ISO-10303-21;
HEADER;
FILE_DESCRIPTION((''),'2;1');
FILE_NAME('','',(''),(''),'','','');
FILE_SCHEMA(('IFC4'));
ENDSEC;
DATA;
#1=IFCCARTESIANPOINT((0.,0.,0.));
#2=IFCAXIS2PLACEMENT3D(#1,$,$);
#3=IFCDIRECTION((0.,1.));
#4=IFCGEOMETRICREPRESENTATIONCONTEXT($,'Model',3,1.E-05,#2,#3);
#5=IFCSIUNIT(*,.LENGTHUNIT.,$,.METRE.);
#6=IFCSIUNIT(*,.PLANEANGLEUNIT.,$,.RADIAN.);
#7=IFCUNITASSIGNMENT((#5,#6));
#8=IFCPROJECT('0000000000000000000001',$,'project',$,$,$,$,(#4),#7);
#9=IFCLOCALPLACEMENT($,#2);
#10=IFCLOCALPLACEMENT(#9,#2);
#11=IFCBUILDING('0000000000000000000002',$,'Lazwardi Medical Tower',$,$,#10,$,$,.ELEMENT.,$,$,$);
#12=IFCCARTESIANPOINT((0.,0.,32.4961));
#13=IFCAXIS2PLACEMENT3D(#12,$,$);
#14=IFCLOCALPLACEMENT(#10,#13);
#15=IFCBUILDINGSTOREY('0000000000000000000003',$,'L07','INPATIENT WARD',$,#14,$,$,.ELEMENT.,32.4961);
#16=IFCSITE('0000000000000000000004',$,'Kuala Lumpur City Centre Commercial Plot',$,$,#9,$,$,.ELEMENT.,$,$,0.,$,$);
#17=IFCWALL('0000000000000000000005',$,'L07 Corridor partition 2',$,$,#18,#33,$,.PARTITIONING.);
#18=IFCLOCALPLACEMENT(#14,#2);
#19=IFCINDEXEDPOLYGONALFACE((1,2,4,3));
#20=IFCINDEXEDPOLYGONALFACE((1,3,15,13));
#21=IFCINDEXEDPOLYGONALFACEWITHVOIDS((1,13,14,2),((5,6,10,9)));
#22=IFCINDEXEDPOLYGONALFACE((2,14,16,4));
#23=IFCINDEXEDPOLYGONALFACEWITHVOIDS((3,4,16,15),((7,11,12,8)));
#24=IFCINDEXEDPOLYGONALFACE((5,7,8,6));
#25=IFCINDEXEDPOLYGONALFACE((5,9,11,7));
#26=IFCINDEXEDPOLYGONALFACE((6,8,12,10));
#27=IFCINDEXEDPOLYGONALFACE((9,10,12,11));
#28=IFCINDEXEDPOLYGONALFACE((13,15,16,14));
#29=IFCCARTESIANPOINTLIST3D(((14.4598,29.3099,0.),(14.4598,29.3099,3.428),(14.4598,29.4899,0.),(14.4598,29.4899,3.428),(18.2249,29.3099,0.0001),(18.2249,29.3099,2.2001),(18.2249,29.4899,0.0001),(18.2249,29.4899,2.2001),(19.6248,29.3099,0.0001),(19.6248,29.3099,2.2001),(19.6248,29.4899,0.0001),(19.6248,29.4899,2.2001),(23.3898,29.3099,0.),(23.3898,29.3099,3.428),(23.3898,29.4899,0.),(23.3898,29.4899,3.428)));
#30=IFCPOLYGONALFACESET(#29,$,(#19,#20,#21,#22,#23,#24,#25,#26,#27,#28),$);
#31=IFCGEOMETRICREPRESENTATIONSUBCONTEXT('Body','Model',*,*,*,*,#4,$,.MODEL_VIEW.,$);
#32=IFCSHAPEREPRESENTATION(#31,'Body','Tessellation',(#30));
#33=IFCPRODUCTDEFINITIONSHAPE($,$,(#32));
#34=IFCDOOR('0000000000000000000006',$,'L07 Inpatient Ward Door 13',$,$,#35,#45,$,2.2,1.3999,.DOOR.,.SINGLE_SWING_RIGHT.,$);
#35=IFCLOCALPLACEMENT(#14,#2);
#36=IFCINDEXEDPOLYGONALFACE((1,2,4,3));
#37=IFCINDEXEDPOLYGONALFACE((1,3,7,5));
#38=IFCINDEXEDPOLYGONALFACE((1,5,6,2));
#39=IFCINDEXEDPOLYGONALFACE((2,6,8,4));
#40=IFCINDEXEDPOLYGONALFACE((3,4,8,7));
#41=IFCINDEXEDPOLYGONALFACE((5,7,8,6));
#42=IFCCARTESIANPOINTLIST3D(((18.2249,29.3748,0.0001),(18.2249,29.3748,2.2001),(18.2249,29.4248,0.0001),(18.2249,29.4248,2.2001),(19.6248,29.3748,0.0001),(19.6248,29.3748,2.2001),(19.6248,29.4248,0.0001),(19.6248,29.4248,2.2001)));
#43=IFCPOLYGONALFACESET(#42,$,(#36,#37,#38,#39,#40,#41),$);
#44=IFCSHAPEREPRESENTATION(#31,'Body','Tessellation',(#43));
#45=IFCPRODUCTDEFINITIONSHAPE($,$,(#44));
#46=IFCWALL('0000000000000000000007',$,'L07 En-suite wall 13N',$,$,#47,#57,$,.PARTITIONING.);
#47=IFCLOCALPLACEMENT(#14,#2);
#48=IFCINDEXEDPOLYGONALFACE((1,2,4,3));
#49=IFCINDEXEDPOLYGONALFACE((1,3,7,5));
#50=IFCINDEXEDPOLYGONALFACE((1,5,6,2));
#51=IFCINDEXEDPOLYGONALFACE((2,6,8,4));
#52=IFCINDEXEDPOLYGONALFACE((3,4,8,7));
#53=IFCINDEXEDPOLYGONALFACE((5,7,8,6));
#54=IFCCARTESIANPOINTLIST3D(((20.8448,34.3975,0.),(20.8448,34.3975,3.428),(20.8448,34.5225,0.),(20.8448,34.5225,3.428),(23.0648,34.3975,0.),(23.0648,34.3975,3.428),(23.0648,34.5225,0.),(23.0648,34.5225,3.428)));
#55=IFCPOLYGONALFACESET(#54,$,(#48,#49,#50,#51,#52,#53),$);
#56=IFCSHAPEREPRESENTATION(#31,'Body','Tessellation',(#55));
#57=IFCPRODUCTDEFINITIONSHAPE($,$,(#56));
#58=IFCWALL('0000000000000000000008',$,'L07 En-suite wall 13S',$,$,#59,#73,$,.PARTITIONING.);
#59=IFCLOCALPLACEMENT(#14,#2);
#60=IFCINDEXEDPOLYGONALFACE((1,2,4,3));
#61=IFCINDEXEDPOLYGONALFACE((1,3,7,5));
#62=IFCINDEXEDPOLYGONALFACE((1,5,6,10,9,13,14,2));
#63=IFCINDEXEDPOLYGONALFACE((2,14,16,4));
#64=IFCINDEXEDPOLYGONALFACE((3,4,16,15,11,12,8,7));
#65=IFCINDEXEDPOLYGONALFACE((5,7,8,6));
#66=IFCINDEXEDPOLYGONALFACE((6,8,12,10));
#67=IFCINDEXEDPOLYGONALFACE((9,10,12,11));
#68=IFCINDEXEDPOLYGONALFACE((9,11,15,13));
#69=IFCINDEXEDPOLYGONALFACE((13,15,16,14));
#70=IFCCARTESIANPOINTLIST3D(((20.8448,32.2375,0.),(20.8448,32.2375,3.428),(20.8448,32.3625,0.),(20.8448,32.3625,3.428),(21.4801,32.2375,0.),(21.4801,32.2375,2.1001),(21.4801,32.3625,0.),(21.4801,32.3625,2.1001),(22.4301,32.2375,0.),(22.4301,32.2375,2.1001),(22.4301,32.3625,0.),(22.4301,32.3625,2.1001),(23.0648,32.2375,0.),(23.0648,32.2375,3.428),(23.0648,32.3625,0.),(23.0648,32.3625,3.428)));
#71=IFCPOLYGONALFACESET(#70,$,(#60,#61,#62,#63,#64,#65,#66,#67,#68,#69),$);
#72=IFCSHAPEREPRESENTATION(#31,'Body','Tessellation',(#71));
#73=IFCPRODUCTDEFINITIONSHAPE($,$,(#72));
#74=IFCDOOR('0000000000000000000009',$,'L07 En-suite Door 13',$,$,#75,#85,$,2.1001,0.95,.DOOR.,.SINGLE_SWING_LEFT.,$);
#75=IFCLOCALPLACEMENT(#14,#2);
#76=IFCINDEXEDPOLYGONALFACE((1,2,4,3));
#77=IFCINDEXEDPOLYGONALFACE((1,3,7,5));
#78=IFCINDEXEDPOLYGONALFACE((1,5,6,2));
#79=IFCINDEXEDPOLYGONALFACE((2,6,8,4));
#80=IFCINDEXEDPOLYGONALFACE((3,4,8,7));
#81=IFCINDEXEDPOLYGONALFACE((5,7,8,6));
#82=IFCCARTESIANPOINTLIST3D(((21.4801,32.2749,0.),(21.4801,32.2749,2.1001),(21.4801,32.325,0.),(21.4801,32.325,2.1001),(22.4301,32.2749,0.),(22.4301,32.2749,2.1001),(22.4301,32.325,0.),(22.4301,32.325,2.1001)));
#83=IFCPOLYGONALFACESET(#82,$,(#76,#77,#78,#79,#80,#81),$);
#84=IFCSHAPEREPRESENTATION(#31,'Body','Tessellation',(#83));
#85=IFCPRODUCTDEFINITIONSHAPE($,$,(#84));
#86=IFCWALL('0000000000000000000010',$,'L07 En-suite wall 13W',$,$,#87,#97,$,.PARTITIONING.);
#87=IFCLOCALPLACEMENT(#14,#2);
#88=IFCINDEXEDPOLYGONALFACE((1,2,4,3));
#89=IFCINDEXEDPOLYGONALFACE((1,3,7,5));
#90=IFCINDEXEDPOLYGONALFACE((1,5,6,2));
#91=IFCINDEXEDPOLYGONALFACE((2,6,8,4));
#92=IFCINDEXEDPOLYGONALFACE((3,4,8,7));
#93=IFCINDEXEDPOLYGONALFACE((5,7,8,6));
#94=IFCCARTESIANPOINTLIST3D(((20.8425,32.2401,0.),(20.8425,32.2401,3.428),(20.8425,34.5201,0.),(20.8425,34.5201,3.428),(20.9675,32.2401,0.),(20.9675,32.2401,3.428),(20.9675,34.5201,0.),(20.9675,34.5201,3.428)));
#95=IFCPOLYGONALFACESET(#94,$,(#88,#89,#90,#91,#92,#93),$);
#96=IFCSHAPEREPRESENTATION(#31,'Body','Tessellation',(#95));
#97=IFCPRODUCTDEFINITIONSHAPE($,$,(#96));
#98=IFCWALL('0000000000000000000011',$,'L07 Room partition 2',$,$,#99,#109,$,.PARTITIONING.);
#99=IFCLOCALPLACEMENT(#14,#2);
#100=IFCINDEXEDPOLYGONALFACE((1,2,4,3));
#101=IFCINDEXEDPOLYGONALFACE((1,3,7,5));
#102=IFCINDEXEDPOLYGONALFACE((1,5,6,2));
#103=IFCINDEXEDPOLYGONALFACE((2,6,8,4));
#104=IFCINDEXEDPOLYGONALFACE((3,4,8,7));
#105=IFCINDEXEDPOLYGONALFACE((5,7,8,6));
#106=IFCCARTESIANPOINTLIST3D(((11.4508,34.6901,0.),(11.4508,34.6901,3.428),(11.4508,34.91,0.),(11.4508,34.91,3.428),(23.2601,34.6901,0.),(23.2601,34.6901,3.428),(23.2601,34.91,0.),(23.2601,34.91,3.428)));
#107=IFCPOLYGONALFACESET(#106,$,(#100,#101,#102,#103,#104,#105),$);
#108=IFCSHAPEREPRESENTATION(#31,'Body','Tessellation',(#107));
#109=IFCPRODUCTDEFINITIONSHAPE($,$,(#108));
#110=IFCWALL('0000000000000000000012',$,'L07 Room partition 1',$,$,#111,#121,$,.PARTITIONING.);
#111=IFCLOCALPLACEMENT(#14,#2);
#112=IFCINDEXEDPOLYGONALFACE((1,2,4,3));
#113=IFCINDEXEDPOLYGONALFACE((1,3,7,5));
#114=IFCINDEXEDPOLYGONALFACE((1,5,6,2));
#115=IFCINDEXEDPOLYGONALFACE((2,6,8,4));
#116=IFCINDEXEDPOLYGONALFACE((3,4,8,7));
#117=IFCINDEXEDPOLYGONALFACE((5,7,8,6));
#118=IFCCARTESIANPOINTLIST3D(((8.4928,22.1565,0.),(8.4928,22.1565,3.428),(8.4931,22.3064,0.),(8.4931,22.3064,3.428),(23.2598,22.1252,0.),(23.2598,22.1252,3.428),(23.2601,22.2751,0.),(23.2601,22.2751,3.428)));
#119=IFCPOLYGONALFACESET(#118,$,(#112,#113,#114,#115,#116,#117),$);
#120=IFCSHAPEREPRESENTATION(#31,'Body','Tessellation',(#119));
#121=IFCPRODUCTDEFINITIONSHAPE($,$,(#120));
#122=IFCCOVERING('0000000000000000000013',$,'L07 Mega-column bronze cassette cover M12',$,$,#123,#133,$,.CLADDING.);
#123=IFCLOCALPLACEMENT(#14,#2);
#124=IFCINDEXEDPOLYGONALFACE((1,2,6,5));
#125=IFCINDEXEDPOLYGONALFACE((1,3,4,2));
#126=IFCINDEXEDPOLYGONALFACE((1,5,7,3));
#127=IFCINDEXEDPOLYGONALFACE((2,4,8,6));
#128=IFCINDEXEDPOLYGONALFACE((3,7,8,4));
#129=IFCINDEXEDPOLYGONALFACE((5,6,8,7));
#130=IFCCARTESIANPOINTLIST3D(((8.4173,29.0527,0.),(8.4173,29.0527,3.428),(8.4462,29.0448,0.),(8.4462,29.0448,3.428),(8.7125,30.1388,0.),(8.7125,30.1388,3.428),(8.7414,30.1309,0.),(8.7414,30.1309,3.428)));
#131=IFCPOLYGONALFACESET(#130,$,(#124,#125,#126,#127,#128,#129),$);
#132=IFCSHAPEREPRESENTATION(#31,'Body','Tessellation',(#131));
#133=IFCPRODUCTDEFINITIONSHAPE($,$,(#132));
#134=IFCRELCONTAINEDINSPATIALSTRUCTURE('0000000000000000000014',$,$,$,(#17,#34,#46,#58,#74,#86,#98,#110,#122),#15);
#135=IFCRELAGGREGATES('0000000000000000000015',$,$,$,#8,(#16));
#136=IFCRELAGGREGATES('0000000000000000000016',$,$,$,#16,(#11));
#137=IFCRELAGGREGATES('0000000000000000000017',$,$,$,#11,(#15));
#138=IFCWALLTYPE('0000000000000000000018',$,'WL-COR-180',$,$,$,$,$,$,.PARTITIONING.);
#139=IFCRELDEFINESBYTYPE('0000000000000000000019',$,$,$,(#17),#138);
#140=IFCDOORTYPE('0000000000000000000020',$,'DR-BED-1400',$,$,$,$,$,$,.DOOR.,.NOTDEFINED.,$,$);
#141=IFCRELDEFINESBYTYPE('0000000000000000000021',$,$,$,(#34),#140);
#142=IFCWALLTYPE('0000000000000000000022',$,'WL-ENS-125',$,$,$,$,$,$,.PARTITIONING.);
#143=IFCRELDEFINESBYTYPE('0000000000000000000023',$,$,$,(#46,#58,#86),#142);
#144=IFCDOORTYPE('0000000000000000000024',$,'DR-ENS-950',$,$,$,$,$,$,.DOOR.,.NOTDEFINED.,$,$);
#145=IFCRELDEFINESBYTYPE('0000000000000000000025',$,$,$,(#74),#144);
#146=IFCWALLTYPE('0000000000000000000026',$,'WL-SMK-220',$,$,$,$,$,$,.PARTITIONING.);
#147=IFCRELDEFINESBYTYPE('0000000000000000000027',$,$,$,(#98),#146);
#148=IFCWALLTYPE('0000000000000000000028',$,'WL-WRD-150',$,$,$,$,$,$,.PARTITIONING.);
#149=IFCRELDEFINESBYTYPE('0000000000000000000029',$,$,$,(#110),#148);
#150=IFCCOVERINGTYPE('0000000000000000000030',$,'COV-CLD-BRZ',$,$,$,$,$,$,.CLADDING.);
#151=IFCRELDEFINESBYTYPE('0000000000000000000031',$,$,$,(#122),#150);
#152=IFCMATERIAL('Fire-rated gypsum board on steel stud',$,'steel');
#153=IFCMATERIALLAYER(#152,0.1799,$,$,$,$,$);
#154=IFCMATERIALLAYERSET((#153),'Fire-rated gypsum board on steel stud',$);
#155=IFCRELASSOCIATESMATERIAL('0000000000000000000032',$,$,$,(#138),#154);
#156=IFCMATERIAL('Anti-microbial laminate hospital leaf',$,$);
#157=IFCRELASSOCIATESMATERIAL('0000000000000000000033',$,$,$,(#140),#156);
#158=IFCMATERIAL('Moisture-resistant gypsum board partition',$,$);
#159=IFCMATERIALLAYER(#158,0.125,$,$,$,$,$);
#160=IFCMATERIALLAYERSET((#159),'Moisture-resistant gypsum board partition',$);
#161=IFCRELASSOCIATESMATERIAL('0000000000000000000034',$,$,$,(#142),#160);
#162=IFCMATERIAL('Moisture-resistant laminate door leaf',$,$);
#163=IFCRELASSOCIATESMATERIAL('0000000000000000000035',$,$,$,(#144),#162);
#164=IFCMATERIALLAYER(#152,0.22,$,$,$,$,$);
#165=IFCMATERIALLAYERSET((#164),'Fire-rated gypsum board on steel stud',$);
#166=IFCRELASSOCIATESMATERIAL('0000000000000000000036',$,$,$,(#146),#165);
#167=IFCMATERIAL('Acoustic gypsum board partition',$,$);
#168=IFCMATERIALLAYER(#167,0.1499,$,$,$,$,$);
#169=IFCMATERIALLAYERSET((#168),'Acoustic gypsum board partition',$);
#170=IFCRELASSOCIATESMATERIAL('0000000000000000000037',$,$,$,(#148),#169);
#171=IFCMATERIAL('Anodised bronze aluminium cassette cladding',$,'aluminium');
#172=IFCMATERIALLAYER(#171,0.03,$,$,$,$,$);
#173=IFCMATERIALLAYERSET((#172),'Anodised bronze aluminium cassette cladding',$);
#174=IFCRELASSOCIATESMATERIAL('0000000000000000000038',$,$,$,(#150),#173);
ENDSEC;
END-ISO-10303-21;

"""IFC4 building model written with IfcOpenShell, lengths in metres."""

from ifc_helpers import new_model, si_unit, direction, frame, frame_2d, origin, origin_2d, place, context, subcontext, project, spatial, rectangle, extrude, material, layer, layer_set, type_object, element, fill, save


model = new_model("IFC4")

# Units and contexts
model_context = context("Model", 3, precision=1e-05, world=origin(), true_north=direction((0.0, 1.0)))
body_context = subcontext(model_context, "Body", "Model", "MODEL_VIEW")
ifc_project = project(units=[si_unit("LENGTHUNIT", "METRE"), si_unit("PLANEANGLEUNIT", "RADIAN")], contexts=[model_context])

# Site, building, storey
site_placement = place(None, origin())
site = spatial("IfcSite", under=ifc_project, at=site_placement, Name="Kuala Lumpur City Centre Commercial Plot", CompositionType="ELEMENT", RefElevation=0.0)
building_placement = place(site_placement, origin())
building = spatial("IfcBuilding", under=site, at=building_placement, Name="Lazwardi Medical Tower", CompositionType="ELEMENT")
storey_placement = place(building_placement, frame((0.0, 0.0, 32.4961)))
storey = spatial("IfcBuildingStorey", under=building, at=storey_placement, Name="L07", Description="INPATIENT WARD", CompositionType="ELEMENT", Elevation=32.4961)

# Shared definitions
ifc_material_1 = material(Name="Fire-rated gypsum board on steel stud", Category="steel")
ifc_layer_1 = layer(ifc_material_1, 0.1799)
ifc_layer_set_1 = layer_set([ifc_layer_1], Name="Fire-rated gypsum board on steel stud")
wall_type_1 = type_object("IfcWallType", Name="WL-COR-180", PredefinedType="PARTITIONING", material=ifc_layer_set_1)

# Wall, opening, door
wall_1_placement = place(storey_placement, frame((14.46, 29.3999, 0.0), z_axis=(0.0, 0.0, 1.0), x_axis=(1.0, 0.0, 0.0)))
wall_1 = element("IfcWall", 1, at=wall_1_placement, inside=storey, type_object=wall_type_1, Name="L07 Corridor partition 2", PredefinedType="PARTITIONING", context=body_context, shape_type="SweptSolid", body=[
    extrude(rectangle(XDim=8.9299, YDim=0.1799, at=frame_2d((4.4648, 0.0))), origin(), (0.0, 0.0, 1.0), 3.428),
])
opening_1_placement = place(wall_1_placement, frame((3.7649, 0.0, 0.0)))
opening_1 = element("IfcOpeningElement", 2, at=opening_1_placement, cuts=wall_1, PredefinedType="OPENING", context=body_context, shape_type="SweptSolid", body=[
    extrude(rectangle(XDim=1.3999, YDim=2.2, at=frame_2d((0.7, 1.1001))), frame((0.0, 0.0999, 0.0), z_axis=(0.0, -1.0, 0.0), x_axis=(1.0, 0.0, 0.0)), (0.0, 0.0, 1.0), 0.2),
])
ifc_material_2 = material(Name="Anti-microbial laminate hospital leaf")
door_type_1 = type_object("IfcDoorType", Name="DR-BED-1400", OperationType="NOTDEFINED", PredefinedType="DOOR", material=ifc_material_2)
door_1_placement = place(opening_1_placement, origin())
door_1 = element("IfcDoor", 3, at=door_1_placement, inside=storey, type_object=door_type_1, Name="L07 Inpatient Ward Door 13", OperationType="SINGLE_SWING_RIGHT", OverallHeight=2.2, OverallWidth=1.3999, PredefinedType="DOOR", context=body_context, shape_type="SweptSolid", body=[
    extrude(rectangle(XDim=1.3999, YDim=2.2, at=frame_2d((0.7, 1.1001))), frame((0.0, 0.0249, 0.0), z_axis=(0.0, -1.0, 0.0), x_axis=(1.0, 0.0, 0.0)), (0.0, 0.0, 1.0), 0.05),
])
fill(opening_1, door_1)

# Wall
ifc_material_3 = material(Name="Moisture-resistant gypsum board partition")
ifc_layer_2 = layer(ifc_material_3, 0.125)
ifc_layer_set_2 = layer_set([ifc_layer_2], Name="Moisture-resistant gypsum board partition")
wall_type_2 = type_object("IfcWallType", Name="WL-ENS-125", PredefinedType="PARTITIONING", material=ifc_layer_set_2)
wall_2_placement = place(storey_placement, frame((20.845, 34.46, 0.0), z_axis=(0.0, 0.0, 1.0), x_axis=(1.0, 0.0, 0.0)))
element("IfcWall", 4, at=wall_2_placement, inside=storey, type_object=wall_type_2, Name="L07 En-suite wall 13N", PredefinedType="PARTITIONING", context=body_context, shape_type="SweptSolid", body=[
    extrude(rectangle(XDim=2.22, YDim=0.125, at=frame_2d((1.1099, 0.0))), origin(), (0.0, 0.0, 1.0), 3.428),
])

# Wall, opening, door
wall_3_placement = place(storey_placement, frame((20.845, 32.3, 0.0), z_axis=(0.0, 0.0, 1.0), x_axis=(1.0, 0.0, 0.0)))
wall_3 = element("IfcWall", 5, at=wall_3_placement, inside=storey, type_object=wall_type_2, Name="L07 En-suite wall 13S", PredefinedType="PARTITIONING", context=body_context, shape_type="SweptSolid", body=[
    extrude(rectangle(XDim=2.22, YDim=0.125, at=frame_2d((1.1099, 0.0))), origin(), (0.0, 0.0, 1.0), 3.428),
])
opening_2_placement = place(wall_3_placement, frame((0.635, 0.0, 0.0)))
opening_2 = element("IfcOpeningElement", 6, at=opening_2_placement, cuts=wall_3, PredefinedType="OPENING", context=body_context, shape_type="SweptSolid", body=[
    extrude(rectangle(XDim=0.95, YDim=2.1001, at=frame_2d((0.4751, 1.05))), frame((0.0, 0.0725, 0.0), z_axis=(0.0, -1.0, 0.0), x_axis=(1.0, 0.0, 0.0)), (0.0, 0.0, 1.0), 0.145),
])
ifc_material_4 = material(Name="Moisture-resistant laminate door leaf")
door_type_2 = type_object("IfcDoorType", Name="DR-ENS-950", OperationType="NOTDEFINED", PredefinedType="DOOR", material=ifc_material_4)
door_2_placement = place(opening_2_placement, origin())
door_2 = element("IfcDoor", 7, at=door_2_placement, inside=storey, type_object=door_type_2, Name="L07 En-suite Door 13", OperationType="SINGLE_SWING_LEFT", OverallHeight=2.1001, OverallWidth=0.95, PredefinedType="DOOR", context=body_context, shape_type="SweptSolid", body=[
    extrude(rectangle(XDim=0.95, YDim=2.1001, at=frame_2d((0.4751, 1.05))), frame((0.0, 0.0249, 0.0), z_axis=(0.0, -1.0, 0.0), x_axis=(1.0, 0.0, 0.0)), (0.0, 0.0, 1.0), 0.05),
])
fill(opening_2, door_2)

# Walls
wall_4_placement = place(storey_placement, frame((20.905, 32.24, 0.0), z_axis=(0.0, 0.0, 1.0), x_axis=(0.0, 1.0, 0.0)))
element("IfcWall", 8, at=wall_4_placement, inside=storey, type_object=wall_type_2, Name="L07 En-suite wall 13W", PredefinedType="PARTITIONING", context=body_context, shape_type="SweptSolid", body=[
    extrude(rectangle(XDim=2.28, YDim=0.125, at=frame_2d((1.1401, 0.0))), origin(), (0.0, 0.0, 1.0), 3.428),
])
ifc_layer_3 = layer(ifc_material_1, 0.22)
ifc_layer_set_3 = layer_set([ifc_layer_3], Name="Fire-rated gypsum board on steel stud")
wall_type_3 = type_object("IfcWallType", Name="WL-SMK-220", PredefinedType="PARTITIONING", material=ifc_layer_set_3)
wall_5_placement = place(storey_placement, frame((11.4507, 34.8, 0.0), z_axis=(0.0, 0.0, 1.0), x_axis=(1.0, 0.0, 0.0)))
element("IfcWall", 9, at=wall_5_placement, inside=storey, type_object=wall_type_3, Name="L07 Room partition 2", PredefinedType="PARTITIONING", context=body_context, shape_type="SweptSolid", body=[
    extrude(rectangle(XDim=11.8093, YDim=0.22, at=frame_2d((5.9048, 0.0))), origin(), (0.0, 0.0, 1.0), 3.428),
])
ifc_material_5 = material(Name="Acoustic gypsum board partition")
ifc_layer_4 = layer(ifc_material_5, 0.1499)
ifc_layer_set_4 = layer_set([ifc_layer_4], Name="Acoustic gypsum board partition")
wall_type_4 = type_object("IfcWallType", Name="WL-WRD-150", PredefinedType="PARTITIONING", material=ifc_layer_set_4)
wall_6_placement = place(storey_placement, frame((8.4929, 22.2314, 0.0), z_axis=(0.0, 0.0, 1.0), x_axis=(0.999998, -0.002116, 0.0)))
element("IfcWall", 10, at=wall_6_placement, inside=storey, type_object=wall_type_4, Name="L07 Room partition 1", PredefinedType="PARTITIONING", context=body_context, shape_type="SweptSolid", body=[
    extrude(rectangle(XDim=14.7671, YDim=0.1499, at=frame_2d((7.3835, 0.0))), origin(), (0.0, 0.0, 1.0), 3.428),
])

# Covering
ifc_material_6 = material(Name="Anodised bronze aluminium cassette cladding", Category="aluminium")
ifc_layer_5 = layer(ifc_material_6, 0.03)
ifc_layer_set_5 = layer_set([ifc_layer_5], Name="Anodised bronze aluminium cassette cladding")
covering_type = type_object("IfcCoveringType", Name="COV-CLD-BRZ", PredefinedType="CLADDING", material=ifc_layer_set_5)
covering_placement = place(storey_placement, frame((8.5793, 29.5918, 0.0), z_axis=(0.0, 0.0, 1.0), x_axis=(-0.262283, -0.964991, 0.0)))
element("IfcCovering", 11, at=covering_placement, inside=storey, type_object=covering_type, Name="L07 Mega-column bronze cassette cover M12", PredefinedType="CLADDING", context=body_context, shape_type="SweptSolid", body=[
    extrude(rectangle(XDim=1.1255, YDim=0.03, at=origin_2d()), origin(), (0.0, 0.0, 1.0), 3.428),
])

save(model, "model.ifc")
